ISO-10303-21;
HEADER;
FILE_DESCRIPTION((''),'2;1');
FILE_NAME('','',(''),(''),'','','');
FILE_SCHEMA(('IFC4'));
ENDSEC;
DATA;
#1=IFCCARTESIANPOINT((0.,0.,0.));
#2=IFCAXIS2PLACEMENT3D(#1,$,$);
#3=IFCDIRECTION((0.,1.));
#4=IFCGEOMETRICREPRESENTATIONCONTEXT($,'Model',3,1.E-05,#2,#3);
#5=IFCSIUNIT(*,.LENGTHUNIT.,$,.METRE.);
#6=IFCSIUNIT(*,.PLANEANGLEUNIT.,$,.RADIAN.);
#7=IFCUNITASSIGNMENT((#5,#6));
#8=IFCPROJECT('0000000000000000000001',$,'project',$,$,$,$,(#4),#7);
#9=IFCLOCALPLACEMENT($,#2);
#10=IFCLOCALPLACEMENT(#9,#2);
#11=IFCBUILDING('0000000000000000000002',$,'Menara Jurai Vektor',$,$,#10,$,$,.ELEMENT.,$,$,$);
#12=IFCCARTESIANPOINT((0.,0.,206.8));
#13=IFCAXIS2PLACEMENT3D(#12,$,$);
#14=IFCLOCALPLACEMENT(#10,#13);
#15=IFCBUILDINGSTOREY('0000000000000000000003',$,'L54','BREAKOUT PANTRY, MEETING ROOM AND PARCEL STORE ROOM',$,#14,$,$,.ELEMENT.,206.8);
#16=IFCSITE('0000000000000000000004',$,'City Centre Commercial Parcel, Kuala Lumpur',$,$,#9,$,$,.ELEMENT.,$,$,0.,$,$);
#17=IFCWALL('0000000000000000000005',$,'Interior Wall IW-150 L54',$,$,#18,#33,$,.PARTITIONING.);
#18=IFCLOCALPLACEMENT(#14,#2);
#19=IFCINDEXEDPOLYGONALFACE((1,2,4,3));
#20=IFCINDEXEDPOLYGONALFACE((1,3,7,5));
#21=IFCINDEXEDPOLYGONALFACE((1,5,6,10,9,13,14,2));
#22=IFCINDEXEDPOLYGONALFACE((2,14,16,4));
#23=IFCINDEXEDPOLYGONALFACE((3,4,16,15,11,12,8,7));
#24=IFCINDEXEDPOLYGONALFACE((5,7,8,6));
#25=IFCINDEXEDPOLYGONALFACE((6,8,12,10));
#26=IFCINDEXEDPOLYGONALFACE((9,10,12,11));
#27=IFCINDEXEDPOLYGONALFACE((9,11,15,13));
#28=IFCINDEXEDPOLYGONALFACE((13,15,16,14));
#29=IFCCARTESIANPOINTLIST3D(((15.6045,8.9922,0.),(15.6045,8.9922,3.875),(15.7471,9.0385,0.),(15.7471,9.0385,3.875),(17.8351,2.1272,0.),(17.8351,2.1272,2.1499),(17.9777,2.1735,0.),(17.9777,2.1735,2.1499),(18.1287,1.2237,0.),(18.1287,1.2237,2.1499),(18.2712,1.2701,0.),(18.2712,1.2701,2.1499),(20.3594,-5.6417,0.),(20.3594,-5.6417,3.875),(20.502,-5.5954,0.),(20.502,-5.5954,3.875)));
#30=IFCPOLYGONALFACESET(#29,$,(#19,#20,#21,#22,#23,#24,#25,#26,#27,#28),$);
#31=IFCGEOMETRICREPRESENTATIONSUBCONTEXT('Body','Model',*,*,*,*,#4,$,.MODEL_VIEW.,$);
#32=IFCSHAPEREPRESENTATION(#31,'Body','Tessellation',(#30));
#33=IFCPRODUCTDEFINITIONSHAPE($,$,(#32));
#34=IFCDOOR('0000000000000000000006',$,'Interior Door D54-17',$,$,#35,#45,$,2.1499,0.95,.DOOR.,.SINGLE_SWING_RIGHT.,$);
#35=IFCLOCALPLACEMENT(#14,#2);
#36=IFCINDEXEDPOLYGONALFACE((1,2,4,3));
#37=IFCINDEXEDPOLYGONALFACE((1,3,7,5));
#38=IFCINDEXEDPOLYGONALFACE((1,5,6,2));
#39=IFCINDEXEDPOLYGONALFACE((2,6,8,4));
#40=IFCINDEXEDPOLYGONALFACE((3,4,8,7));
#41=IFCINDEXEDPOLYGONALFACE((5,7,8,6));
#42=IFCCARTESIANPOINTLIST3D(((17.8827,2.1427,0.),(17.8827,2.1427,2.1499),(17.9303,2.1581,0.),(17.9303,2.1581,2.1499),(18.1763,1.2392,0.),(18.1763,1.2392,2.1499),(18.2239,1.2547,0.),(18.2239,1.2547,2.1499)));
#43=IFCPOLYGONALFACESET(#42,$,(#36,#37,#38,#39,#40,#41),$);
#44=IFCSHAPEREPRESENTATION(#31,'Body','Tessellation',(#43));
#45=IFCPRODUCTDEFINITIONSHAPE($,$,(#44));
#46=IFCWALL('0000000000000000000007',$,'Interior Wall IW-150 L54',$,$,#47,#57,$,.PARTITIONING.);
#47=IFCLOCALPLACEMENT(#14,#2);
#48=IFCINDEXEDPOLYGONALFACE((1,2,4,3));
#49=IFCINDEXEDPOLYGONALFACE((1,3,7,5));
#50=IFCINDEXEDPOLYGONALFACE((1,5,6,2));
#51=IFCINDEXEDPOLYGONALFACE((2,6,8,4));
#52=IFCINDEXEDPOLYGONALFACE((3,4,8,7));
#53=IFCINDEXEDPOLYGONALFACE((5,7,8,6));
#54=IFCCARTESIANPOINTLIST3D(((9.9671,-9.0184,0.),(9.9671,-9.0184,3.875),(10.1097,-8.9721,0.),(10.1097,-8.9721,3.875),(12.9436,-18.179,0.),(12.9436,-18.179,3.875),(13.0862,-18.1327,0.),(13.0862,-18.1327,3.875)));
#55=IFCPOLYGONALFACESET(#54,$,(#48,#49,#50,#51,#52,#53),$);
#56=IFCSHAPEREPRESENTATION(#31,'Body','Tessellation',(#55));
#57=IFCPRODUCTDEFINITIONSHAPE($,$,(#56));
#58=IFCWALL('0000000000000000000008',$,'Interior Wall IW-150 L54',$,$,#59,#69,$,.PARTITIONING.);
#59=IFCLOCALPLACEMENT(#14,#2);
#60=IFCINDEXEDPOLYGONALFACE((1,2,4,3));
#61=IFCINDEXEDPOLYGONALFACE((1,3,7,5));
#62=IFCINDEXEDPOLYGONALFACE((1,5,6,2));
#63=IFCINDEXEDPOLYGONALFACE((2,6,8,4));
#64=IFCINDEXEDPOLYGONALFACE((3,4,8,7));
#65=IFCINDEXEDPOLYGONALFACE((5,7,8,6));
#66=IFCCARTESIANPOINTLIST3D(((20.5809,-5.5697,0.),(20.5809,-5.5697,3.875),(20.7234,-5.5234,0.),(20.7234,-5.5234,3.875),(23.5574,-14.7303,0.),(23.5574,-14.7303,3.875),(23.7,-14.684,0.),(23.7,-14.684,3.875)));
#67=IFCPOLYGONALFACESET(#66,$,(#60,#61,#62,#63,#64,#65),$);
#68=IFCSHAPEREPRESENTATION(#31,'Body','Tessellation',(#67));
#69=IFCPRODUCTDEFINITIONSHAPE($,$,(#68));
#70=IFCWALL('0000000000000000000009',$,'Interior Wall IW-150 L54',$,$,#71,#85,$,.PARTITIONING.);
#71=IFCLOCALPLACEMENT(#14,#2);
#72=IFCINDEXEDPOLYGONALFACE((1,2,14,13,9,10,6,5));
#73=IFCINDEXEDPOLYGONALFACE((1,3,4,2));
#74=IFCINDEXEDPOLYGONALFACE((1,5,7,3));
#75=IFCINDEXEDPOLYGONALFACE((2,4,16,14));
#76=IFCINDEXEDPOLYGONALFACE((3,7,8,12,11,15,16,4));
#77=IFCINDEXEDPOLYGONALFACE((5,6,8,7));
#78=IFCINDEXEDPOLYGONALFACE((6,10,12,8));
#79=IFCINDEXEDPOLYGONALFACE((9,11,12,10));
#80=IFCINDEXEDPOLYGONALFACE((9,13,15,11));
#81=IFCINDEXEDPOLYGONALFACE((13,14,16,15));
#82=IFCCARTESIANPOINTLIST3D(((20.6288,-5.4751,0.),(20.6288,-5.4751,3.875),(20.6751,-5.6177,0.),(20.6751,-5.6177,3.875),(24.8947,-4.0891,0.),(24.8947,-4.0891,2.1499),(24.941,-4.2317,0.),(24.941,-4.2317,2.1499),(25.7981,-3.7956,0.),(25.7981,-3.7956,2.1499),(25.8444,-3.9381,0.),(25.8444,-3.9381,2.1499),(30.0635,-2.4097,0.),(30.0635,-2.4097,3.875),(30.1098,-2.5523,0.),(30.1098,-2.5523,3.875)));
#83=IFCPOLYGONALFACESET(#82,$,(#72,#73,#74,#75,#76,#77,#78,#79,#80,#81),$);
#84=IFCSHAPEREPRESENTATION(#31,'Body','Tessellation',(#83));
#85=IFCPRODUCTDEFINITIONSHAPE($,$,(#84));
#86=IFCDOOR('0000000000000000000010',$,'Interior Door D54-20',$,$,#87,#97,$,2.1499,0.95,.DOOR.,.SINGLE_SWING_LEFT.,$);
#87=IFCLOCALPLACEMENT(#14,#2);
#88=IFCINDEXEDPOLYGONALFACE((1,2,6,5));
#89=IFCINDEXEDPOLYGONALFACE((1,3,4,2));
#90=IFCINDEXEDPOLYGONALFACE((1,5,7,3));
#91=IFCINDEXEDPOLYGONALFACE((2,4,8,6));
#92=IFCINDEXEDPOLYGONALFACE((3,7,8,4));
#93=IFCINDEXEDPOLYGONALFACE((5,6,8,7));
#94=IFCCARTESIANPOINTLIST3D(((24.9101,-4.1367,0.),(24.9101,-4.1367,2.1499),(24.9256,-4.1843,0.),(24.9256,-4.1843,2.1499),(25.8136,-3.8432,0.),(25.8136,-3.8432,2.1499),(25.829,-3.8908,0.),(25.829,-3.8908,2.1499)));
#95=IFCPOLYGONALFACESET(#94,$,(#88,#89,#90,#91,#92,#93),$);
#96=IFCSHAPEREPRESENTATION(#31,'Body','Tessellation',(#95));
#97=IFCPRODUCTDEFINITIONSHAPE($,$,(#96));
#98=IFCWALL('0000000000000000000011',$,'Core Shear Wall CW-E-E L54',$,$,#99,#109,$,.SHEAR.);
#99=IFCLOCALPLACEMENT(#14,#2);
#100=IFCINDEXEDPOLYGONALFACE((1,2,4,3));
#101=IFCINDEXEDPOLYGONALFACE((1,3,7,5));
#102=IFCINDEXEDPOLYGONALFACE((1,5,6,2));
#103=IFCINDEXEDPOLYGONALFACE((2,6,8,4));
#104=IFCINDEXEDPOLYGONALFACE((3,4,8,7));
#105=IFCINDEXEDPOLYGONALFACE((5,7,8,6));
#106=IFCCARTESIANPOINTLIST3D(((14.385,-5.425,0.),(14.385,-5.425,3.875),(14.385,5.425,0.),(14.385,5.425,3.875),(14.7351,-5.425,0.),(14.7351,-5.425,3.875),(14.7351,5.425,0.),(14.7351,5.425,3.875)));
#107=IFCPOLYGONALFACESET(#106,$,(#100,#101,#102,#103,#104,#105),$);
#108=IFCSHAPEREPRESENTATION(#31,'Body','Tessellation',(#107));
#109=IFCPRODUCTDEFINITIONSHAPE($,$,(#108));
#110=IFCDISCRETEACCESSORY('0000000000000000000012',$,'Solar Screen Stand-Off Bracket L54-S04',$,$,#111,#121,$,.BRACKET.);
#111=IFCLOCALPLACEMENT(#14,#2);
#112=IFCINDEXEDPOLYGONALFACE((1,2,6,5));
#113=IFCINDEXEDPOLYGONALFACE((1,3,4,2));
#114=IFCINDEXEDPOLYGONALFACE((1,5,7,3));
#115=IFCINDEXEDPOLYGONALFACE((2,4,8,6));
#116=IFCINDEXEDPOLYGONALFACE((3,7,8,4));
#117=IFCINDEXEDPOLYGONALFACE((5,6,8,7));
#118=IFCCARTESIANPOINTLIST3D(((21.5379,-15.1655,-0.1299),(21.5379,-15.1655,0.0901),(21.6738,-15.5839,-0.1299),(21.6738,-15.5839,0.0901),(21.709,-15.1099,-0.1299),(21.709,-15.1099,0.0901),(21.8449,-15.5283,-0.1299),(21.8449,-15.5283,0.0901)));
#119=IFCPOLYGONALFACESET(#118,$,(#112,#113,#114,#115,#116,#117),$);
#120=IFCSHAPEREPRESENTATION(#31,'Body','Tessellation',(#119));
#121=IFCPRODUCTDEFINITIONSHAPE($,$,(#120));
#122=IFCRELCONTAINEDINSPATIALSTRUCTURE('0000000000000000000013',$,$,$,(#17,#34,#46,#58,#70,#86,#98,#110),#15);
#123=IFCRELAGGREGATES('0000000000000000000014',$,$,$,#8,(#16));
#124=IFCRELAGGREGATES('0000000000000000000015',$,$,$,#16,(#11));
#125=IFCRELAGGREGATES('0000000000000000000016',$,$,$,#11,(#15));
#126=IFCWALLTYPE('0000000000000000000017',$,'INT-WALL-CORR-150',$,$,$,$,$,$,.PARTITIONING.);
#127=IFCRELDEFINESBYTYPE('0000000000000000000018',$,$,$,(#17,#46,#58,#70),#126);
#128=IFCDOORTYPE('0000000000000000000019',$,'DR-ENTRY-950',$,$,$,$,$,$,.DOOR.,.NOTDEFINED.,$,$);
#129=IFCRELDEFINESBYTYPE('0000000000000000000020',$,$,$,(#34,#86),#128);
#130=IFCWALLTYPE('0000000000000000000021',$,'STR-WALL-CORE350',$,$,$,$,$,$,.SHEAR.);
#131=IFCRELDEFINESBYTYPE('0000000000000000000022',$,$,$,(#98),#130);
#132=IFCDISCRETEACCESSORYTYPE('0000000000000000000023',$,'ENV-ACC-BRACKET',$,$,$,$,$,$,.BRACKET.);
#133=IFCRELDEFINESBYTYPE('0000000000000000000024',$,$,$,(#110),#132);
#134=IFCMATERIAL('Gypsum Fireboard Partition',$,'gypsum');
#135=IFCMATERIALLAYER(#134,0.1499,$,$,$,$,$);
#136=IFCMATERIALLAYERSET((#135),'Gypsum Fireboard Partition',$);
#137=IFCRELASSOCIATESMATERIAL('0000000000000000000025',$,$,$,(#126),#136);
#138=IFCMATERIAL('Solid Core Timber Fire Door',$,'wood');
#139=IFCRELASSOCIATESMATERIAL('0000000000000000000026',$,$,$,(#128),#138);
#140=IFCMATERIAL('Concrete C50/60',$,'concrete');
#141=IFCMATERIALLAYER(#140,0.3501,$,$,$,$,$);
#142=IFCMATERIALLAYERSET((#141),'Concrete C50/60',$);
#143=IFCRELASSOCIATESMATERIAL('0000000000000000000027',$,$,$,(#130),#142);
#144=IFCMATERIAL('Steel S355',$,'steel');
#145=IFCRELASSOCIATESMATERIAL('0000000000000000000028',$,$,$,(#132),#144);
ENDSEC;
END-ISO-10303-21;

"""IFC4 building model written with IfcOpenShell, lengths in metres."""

from ifc_helpers import new_model, si_unit, direction, frame, frame_2d, origin, origin_2d, place, context, subcontext, project, spatial, rectangle, extrude, material, layer, layer_set, type_object, element, fill, save


model = new_model("IFC4")

# Units and contexts
model_context = context("Model", 3, precision=1e-05, world=origin(), true_north=direction((0.0, 1.0)))
body_context = subcontext(model_context, "Body", "Model", "MODEL_VIEW")
ifc_project = project(units=[si_unit("LENGTHUNIT", "METRE"), si_unit("PLANEANGLEUNIT", "RADIAN")], contexts=[model_context])

# Site, building, storey
site_placement = place(None, origin())
site = spatial("IfcSite", under=ifc_project, at=site_placement, Name="City Centre Commercial Parcel, Kuala Lumpur", CompositionType="ELEMENT", RefElevation=0.0)
building_placement = place(site_placement, origin())
building = spatial("IfcBuilding", under=site, at=building_placement, Name="Menara Jurai Vektor", CompositionType="ELEMENT")
storey_placement = place(building_placement, frame((0.0, 0.0, 206.8)))
storey = spatial("IfcBuildingStorey", under=building, at=storey_placement, Name="L54", Description="BREAKOUT PANTRY, MEETING ROOM AND PARCEL STORE ROOM", CompositionType="ELEMENT", Elevation=206.8)

# Shared definitions
ifc_material_1 = material(Name="Concrete C50/60", Category="concrete")

# Shared definitions
ifc_material_2 = material(Name="Steel S355", Category="steel")

# Wall, opening, door
ifc_material_3 = material(Name="Gypsum Fireboard Partition", Category="gypsum")
ifc_layer_1 = layer(ifc_material_3, 0.1499)
ifc_layer_set_1 = layer_set([ifc_layer_1], Name="Gypsum Fireboard Partition")
wall_type_1 = type_object("IfcWallType", Name="INT-WALL-CORR-150", PredefinedType="PARTITIONING", material=ifc_layer_set_1)
wall_1_placement = place(storey_placement, frame((20.4307, -5.6184, 0.0), z_axis=(0.0, 0.0, 1.0), x_axis=(-0.309021, 0.951055, 0.0)))
wall_1 = element("IfcWall", 1, at=wall_1_placement, inside=storey, type_object=wall_type_1, Name="Interior Wall IW-150 L54", PredefinedType="PARTITIONING", context=body_context, shape_type="SweptSolid", body=[
    extrude(rectangle(XDim=15.387, YDim=0.1499, at=frame_2d((7.6934, 0.0))), origin(), (0.0, 0.0, 1.0), 3.875),
])
opening_1_placement = place(wall_1_placement, frame((7.2185, 0.0, 0.0)))
opening_1 = element("IfcOpeningElement", 2, at=opening_1_placement, cuts=wall_1, PredefinedType="OPENING", context=body_context, shape_type="SweptSolid", body=[
    extrude(rectangle(XDim=0.95, YDim=2.1499, at=frame_2d((0.4751, 1.075))), frame((0.0, 0.085, 0.0), z_axis=(0.0, -1.0, 0.0), x_axis=(1.0, 0.0, 0.0)), (0.0, 0.0, 1.0), 0.1699),
])
ifc_material_4 = material(Name="Solid Core Timber Fire Door", Category="wood")
door_type = type_object("IfcDoorType", Name="DR-ENTRY-950", OperationType="NOTDEFINED", PredefinedType="DOOR", material=ifc_material_4)
door_1_placement = place(opening_1_placement, origin())
door_1 = element("IfcDoor", 3, at=door_1_placement, inside=storey, type_object=door_type, Name="Interior Door D54-17", OperationType="SINGLE_SWING_RIGHT", OverallHeight=2.1499, OverallWidth=0.95, PredefinedType="DOOR", context=body_context, shape_type="SweptSolid", body=[
    extrude(rectangle(XDim=0.95, YDim=2.1499, at=frame_2d((0.4751, 1.075))), frame((0.0, 0.0249, 0.0), z_axis=(0.0, -1.0, 0.0), x_axis=(1.0, 0.0, 0.0)), (0.0, 0.0, 1.0), 0.05),
])
fill(opening_1, door_1)

# Walls
for number, where, z_axis, x_axis, name in (
    (4, (13.0149, -18.1558, 0.0), (0.0, 0.0, 1.0), (-0.309025, 0.951054, 0.0), "Interior Wall IW-150 L54"),
    (5, (23.6287, -14.707, 0.0), (0.0, 0.0, 1.0), (-0.309025, 0.951054, 0.0), "Interior Wall IW-150 L54"),
):
    element("IfcWall", number, at=place(storey_placement, frame(where, z_axis=z_axis, x_axis=x_axis)), inside=storey, type_object=wall_type_1, Name=name, PredefinedType="PARTITIONING", context=body_context, shape_type="SweptSolid", body=[
        extrude(rectangle(XDim=9.6321, YDim=0.1499, at=frame_2d((4.8159, 0.0))), origin(), (0.0, 0.0, 1.0), 3.875),
    ])

# Wall, opening, door
wall_2_placement = place(storey_placement, frame((20.6521, -5.5464, 0.0), z_axis=(0.0, 0.0, 1.0), x_axis=(0.951058, 0.309013, 0.0)))
wall_2 = element("IfcWall", 6, at=wall_2_placement, inside=storey, type_object=wall_type_1, Name="Interior Wall IW-150 L54", PredefinedType="PARTITIONING", context=body_context, shape_type="SweptSolid", body=[
    extrude(rectangle(XDim=9.9202, YDim=0.1499, at=frame_2d((4.96, 0.0))), origin(), (0.0, 0.0, 1.0), 3.875),
])
opening_2_placement = place(wall_2_placement, frame((4.4851, 0.0, 0.0)))
opening_2 = element("IfcOpeningElement", 7, at=opening_2_placement, cuts=wall_2, PredefinedType="OPENING", context=body_context, shape_type="SweptSolid", body=[
    extrude(rectangle(XDim=0.95, YDim=2.1499, at=frame_2d((0.4751, 1.075))), frame((0.0, 0.085, 0.0), z_axis=(0.0, -1.0, 0.0), x_axis=(1.0, 0.0, 0.0)), (0.0, 0.0, 1.0), 0.1699),
])
door_2_placement = place(opening_2_placement, origin())
door_2 = element("IfcDoor", 8, at=door_2_placement, inside=storey, type_object=door_type, Name="Interior Door D54-20", OperationType="SINGLE_SWING_LEFT", OverallHeight=2.1499, OverallWidth=0.95, PredefinedType="DOOR", context=body_context, shape_type="SweptSolid", body=[
    extrude(rectangle(XDim=0.95, YDim=2.1499, at=frame_2d((0.4751, 1.075))), frame((0.0, 0.0249, 0.0), z_axis=(0.0, -1.0, 0.0), x_axis=(1.0, 0.0, 0.0)), (0.0, 0.0, 1.0), 0.05),
])
fill(opening_2, door_2)

# Wall
ifc_layer_2 = layer(ifc_material_1, 0.3501)
ifc_layer_set_2 = layer_set([ifc_layer_2], Name="Concrete C50/60")
wall_type_2 = type_object("IfcWallType", Name="STR-WALL-CORE350", PredefinedType="SHEAR", material=ifc_layer_set_2)
wall_3_placement = place(storey_placement, frame((14.5601, -5.425, 0.0), z_axis=(0.0, 0.0, 1.0), x_axis=(0.0, 1.0, 0.0)))
element("IfcWall", 9, at=wall_3_placement, inside=storey, type_object=wall_type_2, Name="Core Shear Wall CW-E-E L54", PredefinedType="SHEAR", context=body_context, shape_type="SweptSolid", body=[
    extrude(rectangle(XDim=10.8501, YDim=0.3501, at=frame_2d((5.425, 0.0))), origin(), (0.0, 0.0, 1.0), 3.875),
])

# Discrete accessory
discrete_accessory_type = type_object("IfcDiscreteAccessoryType", Name="ENV-ACC-BRACKET", PredefinedType="BRACKET", material=ifc_material_2)
discrete_accessory_placement = place(storey_placement, frame((21.6914, -15.3469, -0.1299), z_axis=(0.0, 0.0, 1.0), x_axis=(0.951057, 0.309017, 0.0)))
element("IfcDiscreteAccessory", 10, at=discrete_accessory_placement, inside=storey, type_object=discrete_accessory_type, Name="Solar Screen Stand-Off Bracket L54-S04", PredefinedType="BRACKET", context=body_context, shape_type="SweptSolid", body=[
    extrude(rectangle(XDim=0.1799, YDim=0.4399, at=origin_2d()), origin(), (0.0, 0.0, 1.0), 0.22),
])

save(model, "model.ifc")
